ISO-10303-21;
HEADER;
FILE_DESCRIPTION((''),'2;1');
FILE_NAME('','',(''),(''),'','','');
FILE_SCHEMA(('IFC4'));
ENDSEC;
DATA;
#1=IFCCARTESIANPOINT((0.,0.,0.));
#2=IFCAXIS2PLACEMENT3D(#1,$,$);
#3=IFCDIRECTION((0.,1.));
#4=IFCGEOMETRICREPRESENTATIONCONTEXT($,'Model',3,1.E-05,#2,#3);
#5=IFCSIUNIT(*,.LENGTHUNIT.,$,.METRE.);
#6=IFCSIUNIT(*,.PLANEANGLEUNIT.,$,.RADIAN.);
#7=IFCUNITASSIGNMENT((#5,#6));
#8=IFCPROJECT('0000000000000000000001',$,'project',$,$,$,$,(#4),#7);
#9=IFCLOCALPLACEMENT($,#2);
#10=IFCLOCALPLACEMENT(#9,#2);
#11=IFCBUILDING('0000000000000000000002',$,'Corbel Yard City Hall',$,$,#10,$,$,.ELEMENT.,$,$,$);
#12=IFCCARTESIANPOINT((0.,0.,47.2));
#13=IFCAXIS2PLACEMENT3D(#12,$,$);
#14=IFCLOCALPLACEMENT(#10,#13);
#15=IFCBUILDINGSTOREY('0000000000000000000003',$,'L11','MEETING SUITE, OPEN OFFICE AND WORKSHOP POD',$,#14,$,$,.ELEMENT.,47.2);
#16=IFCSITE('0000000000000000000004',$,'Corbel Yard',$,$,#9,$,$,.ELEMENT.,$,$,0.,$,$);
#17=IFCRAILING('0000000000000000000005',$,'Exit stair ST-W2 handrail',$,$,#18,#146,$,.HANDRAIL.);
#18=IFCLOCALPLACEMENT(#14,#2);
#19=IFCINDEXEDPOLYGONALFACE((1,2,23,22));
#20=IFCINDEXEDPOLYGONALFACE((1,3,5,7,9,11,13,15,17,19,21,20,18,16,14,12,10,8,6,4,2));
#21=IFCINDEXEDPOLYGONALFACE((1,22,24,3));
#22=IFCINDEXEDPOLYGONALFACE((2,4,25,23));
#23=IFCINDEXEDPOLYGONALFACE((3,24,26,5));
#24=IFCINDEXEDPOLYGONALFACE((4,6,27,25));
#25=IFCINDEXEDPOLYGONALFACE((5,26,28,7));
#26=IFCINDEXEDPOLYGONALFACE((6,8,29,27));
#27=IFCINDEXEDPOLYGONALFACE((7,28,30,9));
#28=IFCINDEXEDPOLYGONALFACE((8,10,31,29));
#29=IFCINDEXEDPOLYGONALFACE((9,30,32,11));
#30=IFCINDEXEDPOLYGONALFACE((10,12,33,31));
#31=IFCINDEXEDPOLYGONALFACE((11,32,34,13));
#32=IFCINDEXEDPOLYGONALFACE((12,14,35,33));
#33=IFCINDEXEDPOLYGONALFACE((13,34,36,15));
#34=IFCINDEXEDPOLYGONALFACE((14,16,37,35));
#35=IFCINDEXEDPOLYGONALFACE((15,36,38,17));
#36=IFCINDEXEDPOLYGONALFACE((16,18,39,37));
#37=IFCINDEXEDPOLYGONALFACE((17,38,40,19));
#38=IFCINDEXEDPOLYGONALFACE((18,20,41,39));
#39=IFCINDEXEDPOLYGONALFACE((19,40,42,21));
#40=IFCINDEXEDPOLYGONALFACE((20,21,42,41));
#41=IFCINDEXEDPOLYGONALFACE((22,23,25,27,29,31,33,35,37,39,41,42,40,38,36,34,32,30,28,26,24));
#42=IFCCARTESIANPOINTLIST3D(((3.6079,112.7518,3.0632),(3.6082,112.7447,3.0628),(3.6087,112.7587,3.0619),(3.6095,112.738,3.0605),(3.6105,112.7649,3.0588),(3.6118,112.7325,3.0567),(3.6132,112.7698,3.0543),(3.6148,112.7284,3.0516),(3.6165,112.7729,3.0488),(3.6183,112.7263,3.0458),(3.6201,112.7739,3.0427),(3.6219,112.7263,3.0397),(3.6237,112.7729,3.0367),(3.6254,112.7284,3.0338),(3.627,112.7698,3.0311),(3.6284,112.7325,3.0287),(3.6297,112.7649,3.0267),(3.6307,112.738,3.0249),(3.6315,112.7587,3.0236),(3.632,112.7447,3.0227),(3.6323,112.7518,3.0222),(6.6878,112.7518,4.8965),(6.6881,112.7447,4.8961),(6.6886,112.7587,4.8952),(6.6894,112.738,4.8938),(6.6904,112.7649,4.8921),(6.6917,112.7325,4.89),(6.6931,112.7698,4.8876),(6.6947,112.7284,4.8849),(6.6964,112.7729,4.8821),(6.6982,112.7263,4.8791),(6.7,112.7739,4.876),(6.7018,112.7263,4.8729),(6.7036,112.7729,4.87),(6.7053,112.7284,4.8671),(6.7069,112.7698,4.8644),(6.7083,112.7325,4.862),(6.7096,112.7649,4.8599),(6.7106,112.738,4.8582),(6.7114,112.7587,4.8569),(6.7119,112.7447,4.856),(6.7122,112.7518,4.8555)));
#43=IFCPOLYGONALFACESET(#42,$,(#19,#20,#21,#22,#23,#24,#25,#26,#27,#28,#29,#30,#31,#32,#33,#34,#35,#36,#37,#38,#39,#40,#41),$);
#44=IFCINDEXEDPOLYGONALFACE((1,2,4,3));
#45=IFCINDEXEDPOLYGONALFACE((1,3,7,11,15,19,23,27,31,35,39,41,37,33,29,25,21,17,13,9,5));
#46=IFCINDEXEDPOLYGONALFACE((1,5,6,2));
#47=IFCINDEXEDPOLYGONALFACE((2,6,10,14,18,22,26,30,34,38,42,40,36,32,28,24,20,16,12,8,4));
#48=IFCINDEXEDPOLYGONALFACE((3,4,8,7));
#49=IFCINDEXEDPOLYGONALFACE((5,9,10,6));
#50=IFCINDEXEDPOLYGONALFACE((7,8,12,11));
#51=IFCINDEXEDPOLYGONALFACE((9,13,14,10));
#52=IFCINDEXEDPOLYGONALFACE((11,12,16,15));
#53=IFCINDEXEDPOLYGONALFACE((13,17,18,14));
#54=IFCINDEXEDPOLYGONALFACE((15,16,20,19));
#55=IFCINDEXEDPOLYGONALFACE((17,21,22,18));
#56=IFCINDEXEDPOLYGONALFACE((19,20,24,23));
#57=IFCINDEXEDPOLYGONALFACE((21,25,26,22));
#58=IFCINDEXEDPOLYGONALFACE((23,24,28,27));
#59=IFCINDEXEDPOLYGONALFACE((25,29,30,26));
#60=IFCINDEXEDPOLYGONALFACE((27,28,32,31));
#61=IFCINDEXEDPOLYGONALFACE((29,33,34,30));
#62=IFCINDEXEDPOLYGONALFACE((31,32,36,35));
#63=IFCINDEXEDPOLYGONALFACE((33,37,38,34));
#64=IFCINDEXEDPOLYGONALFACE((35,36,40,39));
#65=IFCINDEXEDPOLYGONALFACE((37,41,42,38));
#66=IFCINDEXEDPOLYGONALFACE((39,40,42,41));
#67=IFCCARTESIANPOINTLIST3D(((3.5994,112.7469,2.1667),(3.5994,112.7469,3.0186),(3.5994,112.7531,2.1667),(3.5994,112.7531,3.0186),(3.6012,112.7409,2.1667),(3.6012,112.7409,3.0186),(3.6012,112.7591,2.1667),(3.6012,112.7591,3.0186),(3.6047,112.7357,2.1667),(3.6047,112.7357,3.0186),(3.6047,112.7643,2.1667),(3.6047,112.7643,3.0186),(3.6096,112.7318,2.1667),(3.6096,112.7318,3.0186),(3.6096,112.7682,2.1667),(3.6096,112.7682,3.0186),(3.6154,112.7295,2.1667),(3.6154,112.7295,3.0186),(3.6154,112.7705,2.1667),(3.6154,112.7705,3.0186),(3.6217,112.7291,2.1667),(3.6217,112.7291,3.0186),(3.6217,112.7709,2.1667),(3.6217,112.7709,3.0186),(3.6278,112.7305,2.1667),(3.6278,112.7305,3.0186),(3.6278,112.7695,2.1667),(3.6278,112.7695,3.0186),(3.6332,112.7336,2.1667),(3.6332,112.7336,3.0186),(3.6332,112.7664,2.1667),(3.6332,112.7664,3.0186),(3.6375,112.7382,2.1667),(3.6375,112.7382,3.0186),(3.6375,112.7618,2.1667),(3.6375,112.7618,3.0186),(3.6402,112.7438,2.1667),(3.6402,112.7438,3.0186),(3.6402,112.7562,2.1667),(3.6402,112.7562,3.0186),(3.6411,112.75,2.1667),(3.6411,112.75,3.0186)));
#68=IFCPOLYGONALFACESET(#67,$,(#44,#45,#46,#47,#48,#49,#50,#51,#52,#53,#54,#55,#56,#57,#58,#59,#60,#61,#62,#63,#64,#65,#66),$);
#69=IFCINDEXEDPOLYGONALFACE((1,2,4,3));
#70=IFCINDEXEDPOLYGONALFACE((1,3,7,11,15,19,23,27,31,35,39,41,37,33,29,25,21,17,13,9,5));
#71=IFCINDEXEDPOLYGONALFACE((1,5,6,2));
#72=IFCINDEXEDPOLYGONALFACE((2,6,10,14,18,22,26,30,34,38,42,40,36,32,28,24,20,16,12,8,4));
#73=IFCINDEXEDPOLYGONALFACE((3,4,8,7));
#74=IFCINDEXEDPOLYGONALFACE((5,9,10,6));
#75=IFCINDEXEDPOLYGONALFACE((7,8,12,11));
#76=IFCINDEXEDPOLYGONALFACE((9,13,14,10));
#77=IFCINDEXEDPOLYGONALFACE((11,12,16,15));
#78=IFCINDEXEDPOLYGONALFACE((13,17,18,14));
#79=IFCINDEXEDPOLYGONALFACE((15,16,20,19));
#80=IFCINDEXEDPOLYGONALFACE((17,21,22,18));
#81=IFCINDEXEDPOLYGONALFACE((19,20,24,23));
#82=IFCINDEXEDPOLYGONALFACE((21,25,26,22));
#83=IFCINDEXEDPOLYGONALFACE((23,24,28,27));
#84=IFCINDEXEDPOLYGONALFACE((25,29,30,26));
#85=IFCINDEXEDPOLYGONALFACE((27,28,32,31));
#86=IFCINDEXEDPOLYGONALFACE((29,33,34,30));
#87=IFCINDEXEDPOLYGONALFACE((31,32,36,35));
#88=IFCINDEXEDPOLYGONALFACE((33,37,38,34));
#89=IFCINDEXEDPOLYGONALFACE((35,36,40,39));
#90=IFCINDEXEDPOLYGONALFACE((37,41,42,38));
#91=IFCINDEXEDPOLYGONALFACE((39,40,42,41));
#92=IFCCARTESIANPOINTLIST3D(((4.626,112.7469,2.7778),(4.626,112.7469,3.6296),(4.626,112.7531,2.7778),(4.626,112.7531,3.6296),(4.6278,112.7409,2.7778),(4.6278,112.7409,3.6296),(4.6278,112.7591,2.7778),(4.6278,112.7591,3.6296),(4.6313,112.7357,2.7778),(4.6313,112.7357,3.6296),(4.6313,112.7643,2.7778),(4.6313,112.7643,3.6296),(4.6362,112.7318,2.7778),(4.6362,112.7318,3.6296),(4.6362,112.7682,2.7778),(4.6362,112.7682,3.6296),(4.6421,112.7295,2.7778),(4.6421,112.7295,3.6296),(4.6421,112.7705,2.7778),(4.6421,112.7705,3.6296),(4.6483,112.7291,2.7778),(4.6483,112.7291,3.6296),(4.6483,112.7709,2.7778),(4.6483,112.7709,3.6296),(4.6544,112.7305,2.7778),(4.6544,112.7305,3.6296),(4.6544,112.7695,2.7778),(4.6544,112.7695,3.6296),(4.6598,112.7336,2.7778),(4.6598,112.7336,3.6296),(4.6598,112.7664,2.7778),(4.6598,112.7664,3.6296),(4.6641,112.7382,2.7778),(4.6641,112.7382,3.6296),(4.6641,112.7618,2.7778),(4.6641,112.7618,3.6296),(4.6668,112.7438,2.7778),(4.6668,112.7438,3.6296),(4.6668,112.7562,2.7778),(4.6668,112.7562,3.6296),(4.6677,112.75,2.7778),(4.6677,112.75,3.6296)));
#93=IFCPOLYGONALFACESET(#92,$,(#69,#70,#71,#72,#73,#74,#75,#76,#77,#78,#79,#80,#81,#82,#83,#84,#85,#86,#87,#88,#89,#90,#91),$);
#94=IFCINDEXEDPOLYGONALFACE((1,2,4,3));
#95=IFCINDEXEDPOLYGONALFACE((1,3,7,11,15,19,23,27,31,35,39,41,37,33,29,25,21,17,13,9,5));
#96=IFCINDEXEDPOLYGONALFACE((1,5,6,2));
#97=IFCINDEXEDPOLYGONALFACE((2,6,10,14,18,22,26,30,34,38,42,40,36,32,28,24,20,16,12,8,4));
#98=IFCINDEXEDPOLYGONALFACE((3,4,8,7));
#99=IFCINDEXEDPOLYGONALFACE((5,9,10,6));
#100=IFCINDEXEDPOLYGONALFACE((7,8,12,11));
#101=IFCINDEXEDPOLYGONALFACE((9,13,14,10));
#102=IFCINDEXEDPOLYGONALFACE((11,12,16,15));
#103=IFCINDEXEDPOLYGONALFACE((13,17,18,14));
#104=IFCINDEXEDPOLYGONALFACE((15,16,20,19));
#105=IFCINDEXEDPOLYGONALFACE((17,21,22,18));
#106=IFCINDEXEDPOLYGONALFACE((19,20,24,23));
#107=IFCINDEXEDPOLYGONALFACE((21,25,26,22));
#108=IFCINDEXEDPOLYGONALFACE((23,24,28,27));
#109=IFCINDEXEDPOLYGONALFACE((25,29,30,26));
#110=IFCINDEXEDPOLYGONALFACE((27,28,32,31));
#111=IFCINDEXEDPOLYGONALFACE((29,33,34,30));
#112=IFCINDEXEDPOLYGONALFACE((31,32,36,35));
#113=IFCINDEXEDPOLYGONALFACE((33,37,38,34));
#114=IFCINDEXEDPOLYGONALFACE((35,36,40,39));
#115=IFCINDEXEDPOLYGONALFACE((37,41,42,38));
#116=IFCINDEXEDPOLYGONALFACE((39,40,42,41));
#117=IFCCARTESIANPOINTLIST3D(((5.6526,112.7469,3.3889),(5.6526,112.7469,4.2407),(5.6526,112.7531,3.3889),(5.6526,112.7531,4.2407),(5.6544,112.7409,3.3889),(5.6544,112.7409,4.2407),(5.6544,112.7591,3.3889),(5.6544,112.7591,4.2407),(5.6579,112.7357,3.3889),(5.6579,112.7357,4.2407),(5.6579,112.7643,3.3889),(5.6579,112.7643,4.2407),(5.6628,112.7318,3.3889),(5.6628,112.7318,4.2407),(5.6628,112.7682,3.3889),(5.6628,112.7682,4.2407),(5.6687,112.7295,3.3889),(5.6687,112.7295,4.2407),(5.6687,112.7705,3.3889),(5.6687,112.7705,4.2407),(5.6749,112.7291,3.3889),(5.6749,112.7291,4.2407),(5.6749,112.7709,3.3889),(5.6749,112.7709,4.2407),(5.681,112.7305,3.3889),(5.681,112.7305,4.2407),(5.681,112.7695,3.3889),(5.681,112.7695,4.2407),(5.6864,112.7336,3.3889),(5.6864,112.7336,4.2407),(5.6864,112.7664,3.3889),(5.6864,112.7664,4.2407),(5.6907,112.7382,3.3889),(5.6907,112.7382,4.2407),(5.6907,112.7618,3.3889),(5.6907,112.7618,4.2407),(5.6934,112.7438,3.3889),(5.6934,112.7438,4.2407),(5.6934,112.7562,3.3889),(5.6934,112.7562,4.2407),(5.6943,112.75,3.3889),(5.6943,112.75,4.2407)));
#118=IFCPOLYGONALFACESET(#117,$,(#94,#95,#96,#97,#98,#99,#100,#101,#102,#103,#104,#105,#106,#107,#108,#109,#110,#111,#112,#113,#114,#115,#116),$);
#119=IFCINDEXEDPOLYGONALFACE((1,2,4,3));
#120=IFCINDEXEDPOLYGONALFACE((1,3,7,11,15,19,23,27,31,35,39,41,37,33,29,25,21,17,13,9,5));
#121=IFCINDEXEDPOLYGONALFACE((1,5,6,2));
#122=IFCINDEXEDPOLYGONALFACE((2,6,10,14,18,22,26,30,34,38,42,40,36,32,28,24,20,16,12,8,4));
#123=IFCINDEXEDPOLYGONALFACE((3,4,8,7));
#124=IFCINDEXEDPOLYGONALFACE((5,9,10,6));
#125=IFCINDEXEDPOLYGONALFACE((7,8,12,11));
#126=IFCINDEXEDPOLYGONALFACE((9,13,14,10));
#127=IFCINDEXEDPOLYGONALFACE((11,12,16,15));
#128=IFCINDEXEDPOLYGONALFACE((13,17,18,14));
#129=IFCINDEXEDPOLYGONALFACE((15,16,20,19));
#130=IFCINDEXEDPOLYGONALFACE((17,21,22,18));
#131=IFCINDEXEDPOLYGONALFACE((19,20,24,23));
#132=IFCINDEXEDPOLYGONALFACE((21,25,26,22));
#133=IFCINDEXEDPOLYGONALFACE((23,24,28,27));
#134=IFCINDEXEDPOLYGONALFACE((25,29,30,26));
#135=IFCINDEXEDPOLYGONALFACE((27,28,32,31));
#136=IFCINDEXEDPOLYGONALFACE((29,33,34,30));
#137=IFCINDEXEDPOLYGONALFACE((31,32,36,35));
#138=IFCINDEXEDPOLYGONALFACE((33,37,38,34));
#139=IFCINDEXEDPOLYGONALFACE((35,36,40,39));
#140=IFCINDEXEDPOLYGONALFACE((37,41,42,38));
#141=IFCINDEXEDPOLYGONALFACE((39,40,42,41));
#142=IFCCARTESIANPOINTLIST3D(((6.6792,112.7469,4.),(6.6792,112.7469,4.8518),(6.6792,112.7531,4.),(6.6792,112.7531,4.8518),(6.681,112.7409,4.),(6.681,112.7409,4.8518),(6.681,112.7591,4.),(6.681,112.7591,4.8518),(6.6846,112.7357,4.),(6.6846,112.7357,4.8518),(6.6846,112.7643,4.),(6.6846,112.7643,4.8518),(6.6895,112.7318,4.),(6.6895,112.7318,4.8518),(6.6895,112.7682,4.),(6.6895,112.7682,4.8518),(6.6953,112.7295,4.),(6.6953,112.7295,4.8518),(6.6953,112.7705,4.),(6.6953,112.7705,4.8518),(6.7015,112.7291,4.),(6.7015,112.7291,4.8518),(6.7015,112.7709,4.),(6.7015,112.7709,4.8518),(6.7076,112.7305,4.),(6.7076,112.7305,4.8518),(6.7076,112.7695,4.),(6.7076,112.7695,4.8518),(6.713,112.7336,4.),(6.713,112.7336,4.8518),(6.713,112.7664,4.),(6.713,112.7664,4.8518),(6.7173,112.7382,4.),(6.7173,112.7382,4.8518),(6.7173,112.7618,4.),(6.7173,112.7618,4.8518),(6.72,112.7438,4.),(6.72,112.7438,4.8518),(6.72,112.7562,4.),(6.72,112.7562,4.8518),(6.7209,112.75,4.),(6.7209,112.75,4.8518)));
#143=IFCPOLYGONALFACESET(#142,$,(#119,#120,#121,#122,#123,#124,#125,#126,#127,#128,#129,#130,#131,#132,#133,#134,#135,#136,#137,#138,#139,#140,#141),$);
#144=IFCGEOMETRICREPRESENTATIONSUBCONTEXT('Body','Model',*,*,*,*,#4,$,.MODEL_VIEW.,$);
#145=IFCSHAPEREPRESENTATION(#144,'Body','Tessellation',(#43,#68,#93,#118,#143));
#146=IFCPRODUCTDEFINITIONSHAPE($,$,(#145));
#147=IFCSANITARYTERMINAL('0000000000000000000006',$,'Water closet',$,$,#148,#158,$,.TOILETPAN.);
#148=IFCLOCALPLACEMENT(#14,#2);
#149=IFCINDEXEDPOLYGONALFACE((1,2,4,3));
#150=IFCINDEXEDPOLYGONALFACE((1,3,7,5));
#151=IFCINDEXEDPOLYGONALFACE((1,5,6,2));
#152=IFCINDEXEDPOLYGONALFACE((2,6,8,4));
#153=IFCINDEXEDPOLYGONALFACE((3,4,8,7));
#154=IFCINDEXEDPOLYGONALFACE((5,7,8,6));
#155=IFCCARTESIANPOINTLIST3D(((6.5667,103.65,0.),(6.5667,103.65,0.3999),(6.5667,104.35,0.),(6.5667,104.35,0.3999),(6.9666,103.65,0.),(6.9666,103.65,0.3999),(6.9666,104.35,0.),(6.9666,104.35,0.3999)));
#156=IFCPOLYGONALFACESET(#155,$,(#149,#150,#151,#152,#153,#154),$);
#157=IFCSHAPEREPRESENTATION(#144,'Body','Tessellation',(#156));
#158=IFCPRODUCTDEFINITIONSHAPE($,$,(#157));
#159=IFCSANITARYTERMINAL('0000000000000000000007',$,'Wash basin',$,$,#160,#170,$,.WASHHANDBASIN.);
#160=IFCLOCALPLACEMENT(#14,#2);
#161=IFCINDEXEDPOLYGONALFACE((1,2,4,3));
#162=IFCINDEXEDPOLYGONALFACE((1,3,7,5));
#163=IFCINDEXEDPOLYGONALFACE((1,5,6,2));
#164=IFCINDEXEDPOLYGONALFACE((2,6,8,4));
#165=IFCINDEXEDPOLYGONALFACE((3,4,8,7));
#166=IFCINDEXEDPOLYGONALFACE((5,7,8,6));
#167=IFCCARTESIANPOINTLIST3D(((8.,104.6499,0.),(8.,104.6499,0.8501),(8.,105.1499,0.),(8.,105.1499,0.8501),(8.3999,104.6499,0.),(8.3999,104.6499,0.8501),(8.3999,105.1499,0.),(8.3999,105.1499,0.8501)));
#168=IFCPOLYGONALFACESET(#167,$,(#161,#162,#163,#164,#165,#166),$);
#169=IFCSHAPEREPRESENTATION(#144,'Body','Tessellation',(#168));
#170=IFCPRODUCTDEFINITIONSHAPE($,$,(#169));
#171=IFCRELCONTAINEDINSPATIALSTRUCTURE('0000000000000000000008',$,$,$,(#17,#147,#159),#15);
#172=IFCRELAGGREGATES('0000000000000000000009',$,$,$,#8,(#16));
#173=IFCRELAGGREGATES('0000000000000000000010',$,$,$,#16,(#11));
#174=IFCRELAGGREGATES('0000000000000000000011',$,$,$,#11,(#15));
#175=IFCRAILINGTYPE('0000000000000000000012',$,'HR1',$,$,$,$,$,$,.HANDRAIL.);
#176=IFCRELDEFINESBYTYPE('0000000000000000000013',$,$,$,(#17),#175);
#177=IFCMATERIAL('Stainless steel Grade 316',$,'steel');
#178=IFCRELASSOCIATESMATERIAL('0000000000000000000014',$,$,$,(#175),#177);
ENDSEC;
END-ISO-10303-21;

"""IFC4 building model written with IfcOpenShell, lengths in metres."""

from ifc_helpers import new_model, si_unit, direction, frame, origin, origin_2d, place, context, subcontext, project, spatial, rectangle, circle, extrude, material, type_object, element, save


model = new_model("IFC4")

# Units and contexts
model_context = context("Model", 3, precision=1e-05, world=origin(), true_north=direction((0.0, 1.0)))
body_context = subcontext(model_context, "Body", "Model", "MODEL_VIEW")
ifc_project = project(units=[si_unit("LENGTHUNIT", "METRE"), si_unit("PLANEANGLEUNIT", "RADIAN")], contexts=[model_context])

# Site, building, storey
site_placement = place(None, origin())
site = spatial("IfcSite", under=ifc_project, at=site_placement, Name="Corbel Yard", CompositionType="ELEMENT", RefElevation=0.0)
building_placement = place(site_placement, origin())
building = spatial("IfcBuilding", under=site, at=building_placement, Name="Corbel Yard City Hall", CompositionType="ELEMENT")
storey_placement = place(building_placement, frame((0.0, 0.0, 47.2)))
storey = spatial("IfcBuildingStorey", under=building, at=storey_placement, Name="L11", Description="MEETING SUITE, OPEN OFFICE AND WORKSHOP POD", CompositionType="ELEMENT", Elevation=47.2)

# Shared definitions
ifc_material_1 = material(Name="Stainless steel Grade 316", Category="steel")

# Railing
railing_type = type_object("IfcRailingType", Name="HR1", PredefinedType="HANDRAIL", material=ifc_material_1)
for number, where, name in (
    (1, (3.6201, 112.75, 2.1667), "Exit stair ST-W2 handrail"),
):
    element("IfcRailing", number, at=place(storey_placement, frame(where)), inside=storey, type_object=railing_type, Name=name, PredefinedType="HANDRAIL", context=body_context, shape_type="SweptSolid", body=[
        extrude(circle(Radius=0.0239, at=origin_2d()), frame((0.0, 0.0, 0.876), z_axis=(0.859291, 0.0, 0.511487), x_axis=(0.0, 1.0, 0.0)), (0.0, 0.0, 1.0), 3.5842),
        extrude(circle(Radius=0.021, at=origin_2d()), origin(), (0.0, 0.0, 1.0), 0.8518),
        extrude(circle(Radius=0.021, at=origin_2d()), frame((1.0266, 0.0, 0.6111)), (0.0, 0.0, 1.0), 0.8518),
        extrude(circle(Radius=0.021, at=origin_2d()), frame((2.0532, 0.0, 1.2222)), (0.0, 0.0, 1.0), 0.8518),
        extrude(circle(Radius=0.021, at=origin_2d()), frame((3.0798, 0.0, 1.8333)), (0.0, 0.0, 1.0), 0.8518),
    ])

# Sanitary terminals
sanitary_terminal_1_placement = place(storey_placement, frame((6.7666, 104.0, 0.0), z_axis=(0.0, 0.0, 1.0), x_axis=(1.0, 0.0, 0.0)))
element("IfcSanitaryTerminal", 2, at=sanitary_terminal_1_placement, inside=storey, Name="Water closet", PredefinedType="TOILETPAN", context=body_context, shape_type="SweptSolid", body=[
    extrude(rectangle(XDim=0.3999, YDim=0.7, at=origin_2d()), origin(), (0.0, 0.0, 1.0), 0.3999),
])
sanitary_terminal_2_placement = place(storey_placement, frame((8.2, 104.8999, 0.0), z_axis=(0.0, 0.0, 1.0), x_axis=(1.0, 0.0, 0.0)))
element("IfcSanitaryTerminal", 3, at=sanitary_terminal_2_placement, inside=storey, Name="Wash basin", PredefinedType="WASHHANDBASIN", context=body_context, shape_type="SweptSolid", body=[
    extrude(rectangle(XDim=0.3999, YDim=0.5, at=origin_2d()), origin(), (0.0, 0.0, 1.0), 0.8501),
])

save(model, "model.ifc")
